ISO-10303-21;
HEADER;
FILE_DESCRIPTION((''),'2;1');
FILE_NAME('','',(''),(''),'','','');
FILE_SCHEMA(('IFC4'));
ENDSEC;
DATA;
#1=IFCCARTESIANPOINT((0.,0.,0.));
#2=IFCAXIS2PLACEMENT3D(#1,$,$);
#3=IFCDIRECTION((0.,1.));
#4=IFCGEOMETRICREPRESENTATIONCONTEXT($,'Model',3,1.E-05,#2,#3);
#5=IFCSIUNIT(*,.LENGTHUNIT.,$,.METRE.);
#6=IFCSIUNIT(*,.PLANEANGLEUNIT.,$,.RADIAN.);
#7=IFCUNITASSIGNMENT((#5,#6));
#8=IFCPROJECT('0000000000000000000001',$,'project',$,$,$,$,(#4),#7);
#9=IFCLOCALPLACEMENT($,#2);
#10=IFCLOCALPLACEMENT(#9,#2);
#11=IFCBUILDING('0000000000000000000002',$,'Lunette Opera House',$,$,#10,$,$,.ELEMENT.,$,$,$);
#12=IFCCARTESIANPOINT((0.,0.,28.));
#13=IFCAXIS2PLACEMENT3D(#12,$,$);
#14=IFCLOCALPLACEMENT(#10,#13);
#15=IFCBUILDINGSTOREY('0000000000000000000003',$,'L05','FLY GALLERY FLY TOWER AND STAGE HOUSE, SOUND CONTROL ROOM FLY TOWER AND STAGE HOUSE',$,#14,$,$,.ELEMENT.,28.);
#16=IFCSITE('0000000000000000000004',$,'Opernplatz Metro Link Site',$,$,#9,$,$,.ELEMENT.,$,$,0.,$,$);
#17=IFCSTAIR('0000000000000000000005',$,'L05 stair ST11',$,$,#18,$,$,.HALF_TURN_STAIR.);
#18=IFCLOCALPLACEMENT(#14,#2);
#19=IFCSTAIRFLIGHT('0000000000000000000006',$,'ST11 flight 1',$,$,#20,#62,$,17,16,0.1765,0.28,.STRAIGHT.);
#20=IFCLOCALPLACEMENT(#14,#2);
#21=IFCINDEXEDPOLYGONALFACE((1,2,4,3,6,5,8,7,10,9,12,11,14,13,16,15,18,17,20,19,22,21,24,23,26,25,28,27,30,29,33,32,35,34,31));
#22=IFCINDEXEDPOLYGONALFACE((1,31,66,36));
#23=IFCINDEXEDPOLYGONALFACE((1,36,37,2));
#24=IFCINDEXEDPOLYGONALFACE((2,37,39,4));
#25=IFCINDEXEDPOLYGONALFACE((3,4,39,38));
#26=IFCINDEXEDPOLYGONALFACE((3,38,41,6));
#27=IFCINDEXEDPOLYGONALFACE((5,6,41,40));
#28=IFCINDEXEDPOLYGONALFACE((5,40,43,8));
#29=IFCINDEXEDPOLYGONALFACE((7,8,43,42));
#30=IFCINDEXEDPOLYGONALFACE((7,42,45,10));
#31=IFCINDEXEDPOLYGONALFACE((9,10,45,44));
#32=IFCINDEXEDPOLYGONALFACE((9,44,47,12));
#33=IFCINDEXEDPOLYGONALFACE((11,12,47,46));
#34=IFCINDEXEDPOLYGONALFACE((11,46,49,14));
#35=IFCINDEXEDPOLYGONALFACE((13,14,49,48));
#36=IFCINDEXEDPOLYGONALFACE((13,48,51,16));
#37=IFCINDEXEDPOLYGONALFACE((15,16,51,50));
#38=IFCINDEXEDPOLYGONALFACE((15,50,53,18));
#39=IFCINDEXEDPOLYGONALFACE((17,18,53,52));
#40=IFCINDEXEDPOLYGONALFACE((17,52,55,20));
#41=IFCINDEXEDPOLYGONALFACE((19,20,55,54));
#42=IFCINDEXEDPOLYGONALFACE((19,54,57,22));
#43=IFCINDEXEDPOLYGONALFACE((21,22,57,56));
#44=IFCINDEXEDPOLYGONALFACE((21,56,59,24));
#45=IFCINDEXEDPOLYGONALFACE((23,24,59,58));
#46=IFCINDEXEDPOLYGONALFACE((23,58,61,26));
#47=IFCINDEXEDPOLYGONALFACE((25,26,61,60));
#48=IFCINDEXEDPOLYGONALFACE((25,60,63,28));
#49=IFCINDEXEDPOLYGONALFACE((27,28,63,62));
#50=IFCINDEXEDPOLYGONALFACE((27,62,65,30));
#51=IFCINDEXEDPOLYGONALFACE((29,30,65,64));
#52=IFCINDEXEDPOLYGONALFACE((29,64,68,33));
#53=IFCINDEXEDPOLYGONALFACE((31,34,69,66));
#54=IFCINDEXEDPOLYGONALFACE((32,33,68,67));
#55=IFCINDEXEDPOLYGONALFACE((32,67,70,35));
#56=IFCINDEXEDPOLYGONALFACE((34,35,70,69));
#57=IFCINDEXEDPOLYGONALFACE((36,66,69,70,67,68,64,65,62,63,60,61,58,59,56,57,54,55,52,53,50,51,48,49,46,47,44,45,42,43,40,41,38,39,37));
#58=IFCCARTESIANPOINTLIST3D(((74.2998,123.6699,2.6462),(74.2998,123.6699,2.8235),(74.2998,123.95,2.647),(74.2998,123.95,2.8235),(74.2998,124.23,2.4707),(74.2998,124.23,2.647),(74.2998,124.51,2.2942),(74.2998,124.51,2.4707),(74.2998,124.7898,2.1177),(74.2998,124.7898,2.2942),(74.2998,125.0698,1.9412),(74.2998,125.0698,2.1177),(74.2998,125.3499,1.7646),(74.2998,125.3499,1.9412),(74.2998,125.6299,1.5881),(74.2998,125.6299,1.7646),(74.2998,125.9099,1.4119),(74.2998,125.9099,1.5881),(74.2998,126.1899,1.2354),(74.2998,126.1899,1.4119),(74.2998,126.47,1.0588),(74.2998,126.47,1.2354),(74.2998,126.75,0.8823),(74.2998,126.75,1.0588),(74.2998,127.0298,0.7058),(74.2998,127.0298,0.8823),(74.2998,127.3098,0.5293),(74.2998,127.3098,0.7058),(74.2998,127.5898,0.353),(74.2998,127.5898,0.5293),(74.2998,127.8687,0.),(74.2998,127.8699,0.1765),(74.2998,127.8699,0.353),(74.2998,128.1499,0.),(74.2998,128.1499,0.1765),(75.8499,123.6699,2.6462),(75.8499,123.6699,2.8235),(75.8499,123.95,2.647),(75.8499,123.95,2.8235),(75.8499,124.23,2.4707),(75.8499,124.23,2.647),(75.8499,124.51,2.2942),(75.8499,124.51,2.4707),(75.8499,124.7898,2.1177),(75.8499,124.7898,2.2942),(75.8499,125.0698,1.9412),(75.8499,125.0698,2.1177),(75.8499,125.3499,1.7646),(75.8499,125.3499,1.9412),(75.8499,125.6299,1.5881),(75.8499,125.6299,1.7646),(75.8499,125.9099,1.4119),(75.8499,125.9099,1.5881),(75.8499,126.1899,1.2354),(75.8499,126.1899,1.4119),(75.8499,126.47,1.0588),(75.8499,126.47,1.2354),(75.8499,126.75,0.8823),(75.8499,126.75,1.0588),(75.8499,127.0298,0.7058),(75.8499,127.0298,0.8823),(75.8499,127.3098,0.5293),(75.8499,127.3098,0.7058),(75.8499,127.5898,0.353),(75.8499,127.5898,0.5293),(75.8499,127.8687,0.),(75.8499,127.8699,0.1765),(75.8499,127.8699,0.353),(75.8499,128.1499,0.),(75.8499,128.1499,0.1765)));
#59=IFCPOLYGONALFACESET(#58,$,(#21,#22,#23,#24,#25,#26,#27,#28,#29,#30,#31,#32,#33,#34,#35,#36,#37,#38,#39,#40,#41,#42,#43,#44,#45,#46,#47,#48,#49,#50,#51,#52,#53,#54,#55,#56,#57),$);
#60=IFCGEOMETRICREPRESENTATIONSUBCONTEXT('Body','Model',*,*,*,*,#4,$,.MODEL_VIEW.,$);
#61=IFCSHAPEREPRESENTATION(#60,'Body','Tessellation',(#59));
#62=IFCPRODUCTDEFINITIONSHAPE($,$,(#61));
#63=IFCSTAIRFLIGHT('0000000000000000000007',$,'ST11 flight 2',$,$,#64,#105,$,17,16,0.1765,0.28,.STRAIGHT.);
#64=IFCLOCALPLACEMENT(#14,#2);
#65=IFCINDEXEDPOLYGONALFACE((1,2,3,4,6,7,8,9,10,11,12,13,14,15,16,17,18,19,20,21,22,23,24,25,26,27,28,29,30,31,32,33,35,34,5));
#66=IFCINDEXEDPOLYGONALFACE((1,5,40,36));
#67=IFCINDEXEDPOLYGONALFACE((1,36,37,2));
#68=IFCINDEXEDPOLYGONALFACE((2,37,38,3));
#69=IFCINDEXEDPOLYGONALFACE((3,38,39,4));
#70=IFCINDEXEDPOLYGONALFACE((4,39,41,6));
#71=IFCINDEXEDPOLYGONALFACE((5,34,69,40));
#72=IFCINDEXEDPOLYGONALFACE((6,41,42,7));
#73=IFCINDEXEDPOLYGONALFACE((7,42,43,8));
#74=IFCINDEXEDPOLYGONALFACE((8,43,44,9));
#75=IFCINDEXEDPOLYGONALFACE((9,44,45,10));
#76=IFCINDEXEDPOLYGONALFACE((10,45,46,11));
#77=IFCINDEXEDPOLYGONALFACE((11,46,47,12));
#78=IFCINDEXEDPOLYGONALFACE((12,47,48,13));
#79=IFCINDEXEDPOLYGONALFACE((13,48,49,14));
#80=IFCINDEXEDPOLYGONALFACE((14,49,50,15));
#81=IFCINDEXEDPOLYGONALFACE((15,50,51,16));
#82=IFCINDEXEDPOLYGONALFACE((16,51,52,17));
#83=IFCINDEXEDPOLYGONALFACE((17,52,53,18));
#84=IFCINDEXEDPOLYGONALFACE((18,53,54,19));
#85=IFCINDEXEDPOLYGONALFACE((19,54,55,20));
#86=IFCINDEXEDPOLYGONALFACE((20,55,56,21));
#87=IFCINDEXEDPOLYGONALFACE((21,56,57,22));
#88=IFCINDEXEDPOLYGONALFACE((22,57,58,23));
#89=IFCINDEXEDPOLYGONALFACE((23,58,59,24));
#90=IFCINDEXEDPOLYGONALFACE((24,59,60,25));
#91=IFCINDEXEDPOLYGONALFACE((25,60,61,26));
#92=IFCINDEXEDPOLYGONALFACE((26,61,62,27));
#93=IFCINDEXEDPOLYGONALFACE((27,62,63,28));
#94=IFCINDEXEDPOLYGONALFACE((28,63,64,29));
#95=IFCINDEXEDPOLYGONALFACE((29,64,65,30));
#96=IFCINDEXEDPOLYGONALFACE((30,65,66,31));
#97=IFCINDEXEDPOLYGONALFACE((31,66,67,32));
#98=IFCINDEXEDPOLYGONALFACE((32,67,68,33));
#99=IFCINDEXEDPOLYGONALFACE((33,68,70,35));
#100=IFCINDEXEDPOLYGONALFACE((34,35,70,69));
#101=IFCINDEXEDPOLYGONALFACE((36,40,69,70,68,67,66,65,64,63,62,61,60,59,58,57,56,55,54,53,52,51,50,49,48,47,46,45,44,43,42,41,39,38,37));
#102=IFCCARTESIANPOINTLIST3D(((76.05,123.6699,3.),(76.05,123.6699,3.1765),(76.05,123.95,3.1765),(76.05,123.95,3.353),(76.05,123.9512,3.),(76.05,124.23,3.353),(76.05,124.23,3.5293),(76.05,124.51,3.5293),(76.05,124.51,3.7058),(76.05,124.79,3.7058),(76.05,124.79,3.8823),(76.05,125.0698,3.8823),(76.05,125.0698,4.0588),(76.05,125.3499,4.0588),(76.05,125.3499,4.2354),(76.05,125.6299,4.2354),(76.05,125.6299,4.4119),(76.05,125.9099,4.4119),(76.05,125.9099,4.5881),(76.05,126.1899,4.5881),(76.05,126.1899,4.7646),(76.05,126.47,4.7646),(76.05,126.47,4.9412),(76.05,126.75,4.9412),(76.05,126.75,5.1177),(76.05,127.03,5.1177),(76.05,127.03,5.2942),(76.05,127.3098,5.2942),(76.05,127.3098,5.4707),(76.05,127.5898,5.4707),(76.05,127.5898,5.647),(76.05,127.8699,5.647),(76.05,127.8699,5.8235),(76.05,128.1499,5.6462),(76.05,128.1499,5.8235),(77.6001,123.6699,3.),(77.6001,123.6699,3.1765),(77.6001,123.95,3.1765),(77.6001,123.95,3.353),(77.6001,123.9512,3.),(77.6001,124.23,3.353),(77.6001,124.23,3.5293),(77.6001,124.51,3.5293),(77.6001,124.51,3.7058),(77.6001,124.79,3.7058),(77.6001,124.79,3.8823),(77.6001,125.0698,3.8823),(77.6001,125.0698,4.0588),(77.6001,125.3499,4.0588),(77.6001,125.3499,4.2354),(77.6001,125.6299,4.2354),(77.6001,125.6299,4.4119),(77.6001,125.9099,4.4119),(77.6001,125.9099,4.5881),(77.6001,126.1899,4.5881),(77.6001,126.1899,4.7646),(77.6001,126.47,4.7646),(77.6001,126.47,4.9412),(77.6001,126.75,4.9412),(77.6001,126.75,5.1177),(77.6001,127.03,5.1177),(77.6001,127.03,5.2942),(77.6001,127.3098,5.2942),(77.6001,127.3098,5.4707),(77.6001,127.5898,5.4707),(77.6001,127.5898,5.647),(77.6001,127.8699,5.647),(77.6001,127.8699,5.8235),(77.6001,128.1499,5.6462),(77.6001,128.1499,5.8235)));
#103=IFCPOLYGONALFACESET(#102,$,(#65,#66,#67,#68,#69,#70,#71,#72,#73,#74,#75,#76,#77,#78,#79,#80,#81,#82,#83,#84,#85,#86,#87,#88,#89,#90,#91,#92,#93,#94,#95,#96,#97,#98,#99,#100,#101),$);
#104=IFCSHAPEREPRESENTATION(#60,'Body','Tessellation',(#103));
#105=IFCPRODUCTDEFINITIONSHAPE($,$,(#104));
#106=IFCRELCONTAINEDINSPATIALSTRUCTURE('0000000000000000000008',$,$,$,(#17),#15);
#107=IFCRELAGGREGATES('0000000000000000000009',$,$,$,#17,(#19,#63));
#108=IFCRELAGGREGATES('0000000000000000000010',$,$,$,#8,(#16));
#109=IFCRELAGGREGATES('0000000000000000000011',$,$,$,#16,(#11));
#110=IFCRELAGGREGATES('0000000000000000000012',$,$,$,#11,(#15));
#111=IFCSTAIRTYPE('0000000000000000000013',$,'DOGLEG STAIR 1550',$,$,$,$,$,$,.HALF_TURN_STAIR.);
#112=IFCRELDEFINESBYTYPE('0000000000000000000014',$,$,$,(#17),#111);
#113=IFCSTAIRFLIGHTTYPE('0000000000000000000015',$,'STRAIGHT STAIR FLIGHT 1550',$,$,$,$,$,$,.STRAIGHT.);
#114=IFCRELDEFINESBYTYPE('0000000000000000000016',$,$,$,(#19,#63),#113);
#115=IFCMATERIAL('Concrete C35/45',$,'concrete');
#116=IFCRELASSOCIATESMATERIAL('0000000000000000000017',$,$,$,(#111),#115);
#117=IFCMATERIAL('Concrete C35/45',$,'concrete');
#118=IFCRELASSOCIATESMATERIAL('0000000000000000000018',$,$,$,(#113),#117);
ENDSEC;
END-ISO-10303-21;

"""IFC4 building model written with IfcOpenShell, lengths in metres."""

from ifc_helpers import new_model, si_unit, direction, frame, origin, place, context, subcontext, project, spatial, polyline, outline, extrude, material, type_object, element, aggregate, save


model = new_model("IFC4")

# Units and contexts
model_context = context("Model", 3, precision=1e-05, world=origin(), true_north=direction((0.0, 1.0)))
body_context = subcontext(model_context, "Body", "Model", "MODEL_VIEW")
ifc_project = project(units=[si_unit("LENGTHUNIT", "METRE"), si_unit("PLANEANGLEUNIT", "RADIAN")], contexts=[model_context])

# Site, building, storey
site_placement = place(None, origin())
site = spatial("IfcSite", under=ifc_project, at=site_placement, Name="Opernplatz Metro Link Site", CompositionType="ELEMENT", RefElevation=0.0)
building_placement = place(site_placement, origin())
building = spatial("IfcBuilding", under=site, at=building_placement, Name="Lunette Opera House", CompositionType="ELEMENT")
storey_placement = place(building_placement, frame((0.0, 0.0, 28.0)))
storey = spatial("IfcBuildingStorey", under=building, at=storey_placement, Name="L05", Description="FLY GALLERY FLY TOWER AND STAGE HOUSE, SOUND CONTROL ROOM FLY TOWER AND STAGE HOUSE", CompositionType="ELEMENT", Elevation=28.0)

# Stair, stair flights
ifc_material_1 = material(Name="Concrete C35/45", Category="concrete")
stair_type = type_object("IfcStairType", Name="DOGLEG STAIR 1550", PredefinedType="HALF_TURN_STAIR", material=ifc_material_1)
stair_placement = place(storey_placement, origin())
stair = element("IfcStair", 1, at=stair_placement, inside=storey, type_object=stair_type, Name="L05 stair ST11", PredefinedType="HALF_TURN_STAIR")
ifc_material_2 = material(Name="Concrete C35/45", Category="concrete")
stair_flight_type = type_object("IfcStairFlightType", Name="STRAIGHT STAIR FLIGHT 1550", PredefinedType="STRAIGHT", material=ifc_material_2)
stair_flight_1_placement = place(storey_placement, frame((75.075, 128.1499, 0.0), z_axis=(0.0, 0.0, 1.0), x_axis=(0.0, -1.0, 0.0)))
stair_flight_1 = element("IfcStairFlight", 2, at=stair_flight_1_placement, type_object=stair_flight_type, Name="ST11 flight 1", NumberOfRisers=17, NumberOfTreads=16, PredefinedType="STRAIGHT", RiserHeight=0.1765, TreadLength=0.28, context=body_context, shape_type="SweptSolid", body=[
    extrude(outline(polyline([(0.0, 0.0), (0.0, 0.1765), (0.28, 0.1765), (0.28, 0.353), (0.5601, 0.353), (0.5601, 0.5293), (0.8401, 0.5293), (0.8401, 0.7058), (1.1201, 0.7058), (1.1201, 0.8823), (1.3999, 0.8823), (1.3999, 1.0588), (1.6799, 1.0588), (1.6799, 1.2354), (1.96, 1.2354), (1.96, 1.4119), (2.24, 1.4119), (2.24, 1.5881), (2.52, 1.5881), (2.52, 1.7646), (2.8, 1.7646), (2.8, 1.9412), (3.0801, 1.9412), (3.0801, 2.1177), (3.3601, 2.1177), (3.3601, 2.2942), (3.6399, 2.2942), (3.6399, 2.4707), (3.9199, 2.4707), (3.9199, 2.647), (4.2, 2.647), (4.2, 2.8235), (4.48, 2.8235), (4.48, 3.0), (4.48, 2.6462), (0.2812, 0.0), (0.0, 0.0)])), frame((0.0, 0.7749, 0.0), z_axis=(0.0, -1.0, 0.0), x_axis=(1.0, 0.0, 0.0)), (0.0, 0.0, 1.0), 1.55),
])
stair_flight_2_placement = place(storey_placement, frame((76.825, 123.6699, 3.0), z_axis=(0.0, 0.0, 1.0), x_axis=(0.0, 1.0, 0.0)))
stair_flight_2 = element("IfcStairFlight", 3, at=stair_flight_2_placement, type_object=stair_flight_type, Name="ST11 flight 2", NumberOfRisers=17, NumberOfTreads=16, PredefinedType="STRAIGHT", RiserHeight=0.1765, TreadLength=0.28, context=body_context, shape_type="SweptSolid", body=[
    extrude(outline(polyline([(0.0, 0.0), (0.0, 0.1765), (0.28, 0.1765), (0.28, 0.353), (0.5601, 0.353), (0.5601, 0.5293), (0.8401, 0.5293), (0.8401, 0.7058), (1.1201, 0.7058), (1.1201, 0.8823), (1.3999, 0.8823), (1.3999, 1.0588), (1.6799, 1.0588), (1.6799, 1.2354), (1.96, 1.2354), (1.96, 1.4119), (2.24, 1.4119), (2.24, 1.5881), (2.52, 1.5881), (2.52, 1.7646), (2.8, 1.7646), (2.8, 1.9412), (3.0801, 1.9412), (3.0801, 2.1177), (3.3601, 2.1177), (3.3601, 2.2942), (3.6399, 2.2942), (3.6399, 2.4707), (3.9199, 2.4707), (3.9199, 2.647), (4.2, 2.647), (4.2, 2.8235), (4.48, 2.8235), (4.48, 3.0), (4.48, 2.6462), (0.2812, 0.0), (0.0, 0.0)])), frame((0.0, 0.7749, 0.0), z_axis=(0.0, -1.0, 0.0), x_axis=(1.0, 0.0, 0.0)), (0.0, 0.0, 1.0), 1.55),
])
aggregate(stair, [stair_flight_1, stair_flight_2])

save(model, "model.ifc")
